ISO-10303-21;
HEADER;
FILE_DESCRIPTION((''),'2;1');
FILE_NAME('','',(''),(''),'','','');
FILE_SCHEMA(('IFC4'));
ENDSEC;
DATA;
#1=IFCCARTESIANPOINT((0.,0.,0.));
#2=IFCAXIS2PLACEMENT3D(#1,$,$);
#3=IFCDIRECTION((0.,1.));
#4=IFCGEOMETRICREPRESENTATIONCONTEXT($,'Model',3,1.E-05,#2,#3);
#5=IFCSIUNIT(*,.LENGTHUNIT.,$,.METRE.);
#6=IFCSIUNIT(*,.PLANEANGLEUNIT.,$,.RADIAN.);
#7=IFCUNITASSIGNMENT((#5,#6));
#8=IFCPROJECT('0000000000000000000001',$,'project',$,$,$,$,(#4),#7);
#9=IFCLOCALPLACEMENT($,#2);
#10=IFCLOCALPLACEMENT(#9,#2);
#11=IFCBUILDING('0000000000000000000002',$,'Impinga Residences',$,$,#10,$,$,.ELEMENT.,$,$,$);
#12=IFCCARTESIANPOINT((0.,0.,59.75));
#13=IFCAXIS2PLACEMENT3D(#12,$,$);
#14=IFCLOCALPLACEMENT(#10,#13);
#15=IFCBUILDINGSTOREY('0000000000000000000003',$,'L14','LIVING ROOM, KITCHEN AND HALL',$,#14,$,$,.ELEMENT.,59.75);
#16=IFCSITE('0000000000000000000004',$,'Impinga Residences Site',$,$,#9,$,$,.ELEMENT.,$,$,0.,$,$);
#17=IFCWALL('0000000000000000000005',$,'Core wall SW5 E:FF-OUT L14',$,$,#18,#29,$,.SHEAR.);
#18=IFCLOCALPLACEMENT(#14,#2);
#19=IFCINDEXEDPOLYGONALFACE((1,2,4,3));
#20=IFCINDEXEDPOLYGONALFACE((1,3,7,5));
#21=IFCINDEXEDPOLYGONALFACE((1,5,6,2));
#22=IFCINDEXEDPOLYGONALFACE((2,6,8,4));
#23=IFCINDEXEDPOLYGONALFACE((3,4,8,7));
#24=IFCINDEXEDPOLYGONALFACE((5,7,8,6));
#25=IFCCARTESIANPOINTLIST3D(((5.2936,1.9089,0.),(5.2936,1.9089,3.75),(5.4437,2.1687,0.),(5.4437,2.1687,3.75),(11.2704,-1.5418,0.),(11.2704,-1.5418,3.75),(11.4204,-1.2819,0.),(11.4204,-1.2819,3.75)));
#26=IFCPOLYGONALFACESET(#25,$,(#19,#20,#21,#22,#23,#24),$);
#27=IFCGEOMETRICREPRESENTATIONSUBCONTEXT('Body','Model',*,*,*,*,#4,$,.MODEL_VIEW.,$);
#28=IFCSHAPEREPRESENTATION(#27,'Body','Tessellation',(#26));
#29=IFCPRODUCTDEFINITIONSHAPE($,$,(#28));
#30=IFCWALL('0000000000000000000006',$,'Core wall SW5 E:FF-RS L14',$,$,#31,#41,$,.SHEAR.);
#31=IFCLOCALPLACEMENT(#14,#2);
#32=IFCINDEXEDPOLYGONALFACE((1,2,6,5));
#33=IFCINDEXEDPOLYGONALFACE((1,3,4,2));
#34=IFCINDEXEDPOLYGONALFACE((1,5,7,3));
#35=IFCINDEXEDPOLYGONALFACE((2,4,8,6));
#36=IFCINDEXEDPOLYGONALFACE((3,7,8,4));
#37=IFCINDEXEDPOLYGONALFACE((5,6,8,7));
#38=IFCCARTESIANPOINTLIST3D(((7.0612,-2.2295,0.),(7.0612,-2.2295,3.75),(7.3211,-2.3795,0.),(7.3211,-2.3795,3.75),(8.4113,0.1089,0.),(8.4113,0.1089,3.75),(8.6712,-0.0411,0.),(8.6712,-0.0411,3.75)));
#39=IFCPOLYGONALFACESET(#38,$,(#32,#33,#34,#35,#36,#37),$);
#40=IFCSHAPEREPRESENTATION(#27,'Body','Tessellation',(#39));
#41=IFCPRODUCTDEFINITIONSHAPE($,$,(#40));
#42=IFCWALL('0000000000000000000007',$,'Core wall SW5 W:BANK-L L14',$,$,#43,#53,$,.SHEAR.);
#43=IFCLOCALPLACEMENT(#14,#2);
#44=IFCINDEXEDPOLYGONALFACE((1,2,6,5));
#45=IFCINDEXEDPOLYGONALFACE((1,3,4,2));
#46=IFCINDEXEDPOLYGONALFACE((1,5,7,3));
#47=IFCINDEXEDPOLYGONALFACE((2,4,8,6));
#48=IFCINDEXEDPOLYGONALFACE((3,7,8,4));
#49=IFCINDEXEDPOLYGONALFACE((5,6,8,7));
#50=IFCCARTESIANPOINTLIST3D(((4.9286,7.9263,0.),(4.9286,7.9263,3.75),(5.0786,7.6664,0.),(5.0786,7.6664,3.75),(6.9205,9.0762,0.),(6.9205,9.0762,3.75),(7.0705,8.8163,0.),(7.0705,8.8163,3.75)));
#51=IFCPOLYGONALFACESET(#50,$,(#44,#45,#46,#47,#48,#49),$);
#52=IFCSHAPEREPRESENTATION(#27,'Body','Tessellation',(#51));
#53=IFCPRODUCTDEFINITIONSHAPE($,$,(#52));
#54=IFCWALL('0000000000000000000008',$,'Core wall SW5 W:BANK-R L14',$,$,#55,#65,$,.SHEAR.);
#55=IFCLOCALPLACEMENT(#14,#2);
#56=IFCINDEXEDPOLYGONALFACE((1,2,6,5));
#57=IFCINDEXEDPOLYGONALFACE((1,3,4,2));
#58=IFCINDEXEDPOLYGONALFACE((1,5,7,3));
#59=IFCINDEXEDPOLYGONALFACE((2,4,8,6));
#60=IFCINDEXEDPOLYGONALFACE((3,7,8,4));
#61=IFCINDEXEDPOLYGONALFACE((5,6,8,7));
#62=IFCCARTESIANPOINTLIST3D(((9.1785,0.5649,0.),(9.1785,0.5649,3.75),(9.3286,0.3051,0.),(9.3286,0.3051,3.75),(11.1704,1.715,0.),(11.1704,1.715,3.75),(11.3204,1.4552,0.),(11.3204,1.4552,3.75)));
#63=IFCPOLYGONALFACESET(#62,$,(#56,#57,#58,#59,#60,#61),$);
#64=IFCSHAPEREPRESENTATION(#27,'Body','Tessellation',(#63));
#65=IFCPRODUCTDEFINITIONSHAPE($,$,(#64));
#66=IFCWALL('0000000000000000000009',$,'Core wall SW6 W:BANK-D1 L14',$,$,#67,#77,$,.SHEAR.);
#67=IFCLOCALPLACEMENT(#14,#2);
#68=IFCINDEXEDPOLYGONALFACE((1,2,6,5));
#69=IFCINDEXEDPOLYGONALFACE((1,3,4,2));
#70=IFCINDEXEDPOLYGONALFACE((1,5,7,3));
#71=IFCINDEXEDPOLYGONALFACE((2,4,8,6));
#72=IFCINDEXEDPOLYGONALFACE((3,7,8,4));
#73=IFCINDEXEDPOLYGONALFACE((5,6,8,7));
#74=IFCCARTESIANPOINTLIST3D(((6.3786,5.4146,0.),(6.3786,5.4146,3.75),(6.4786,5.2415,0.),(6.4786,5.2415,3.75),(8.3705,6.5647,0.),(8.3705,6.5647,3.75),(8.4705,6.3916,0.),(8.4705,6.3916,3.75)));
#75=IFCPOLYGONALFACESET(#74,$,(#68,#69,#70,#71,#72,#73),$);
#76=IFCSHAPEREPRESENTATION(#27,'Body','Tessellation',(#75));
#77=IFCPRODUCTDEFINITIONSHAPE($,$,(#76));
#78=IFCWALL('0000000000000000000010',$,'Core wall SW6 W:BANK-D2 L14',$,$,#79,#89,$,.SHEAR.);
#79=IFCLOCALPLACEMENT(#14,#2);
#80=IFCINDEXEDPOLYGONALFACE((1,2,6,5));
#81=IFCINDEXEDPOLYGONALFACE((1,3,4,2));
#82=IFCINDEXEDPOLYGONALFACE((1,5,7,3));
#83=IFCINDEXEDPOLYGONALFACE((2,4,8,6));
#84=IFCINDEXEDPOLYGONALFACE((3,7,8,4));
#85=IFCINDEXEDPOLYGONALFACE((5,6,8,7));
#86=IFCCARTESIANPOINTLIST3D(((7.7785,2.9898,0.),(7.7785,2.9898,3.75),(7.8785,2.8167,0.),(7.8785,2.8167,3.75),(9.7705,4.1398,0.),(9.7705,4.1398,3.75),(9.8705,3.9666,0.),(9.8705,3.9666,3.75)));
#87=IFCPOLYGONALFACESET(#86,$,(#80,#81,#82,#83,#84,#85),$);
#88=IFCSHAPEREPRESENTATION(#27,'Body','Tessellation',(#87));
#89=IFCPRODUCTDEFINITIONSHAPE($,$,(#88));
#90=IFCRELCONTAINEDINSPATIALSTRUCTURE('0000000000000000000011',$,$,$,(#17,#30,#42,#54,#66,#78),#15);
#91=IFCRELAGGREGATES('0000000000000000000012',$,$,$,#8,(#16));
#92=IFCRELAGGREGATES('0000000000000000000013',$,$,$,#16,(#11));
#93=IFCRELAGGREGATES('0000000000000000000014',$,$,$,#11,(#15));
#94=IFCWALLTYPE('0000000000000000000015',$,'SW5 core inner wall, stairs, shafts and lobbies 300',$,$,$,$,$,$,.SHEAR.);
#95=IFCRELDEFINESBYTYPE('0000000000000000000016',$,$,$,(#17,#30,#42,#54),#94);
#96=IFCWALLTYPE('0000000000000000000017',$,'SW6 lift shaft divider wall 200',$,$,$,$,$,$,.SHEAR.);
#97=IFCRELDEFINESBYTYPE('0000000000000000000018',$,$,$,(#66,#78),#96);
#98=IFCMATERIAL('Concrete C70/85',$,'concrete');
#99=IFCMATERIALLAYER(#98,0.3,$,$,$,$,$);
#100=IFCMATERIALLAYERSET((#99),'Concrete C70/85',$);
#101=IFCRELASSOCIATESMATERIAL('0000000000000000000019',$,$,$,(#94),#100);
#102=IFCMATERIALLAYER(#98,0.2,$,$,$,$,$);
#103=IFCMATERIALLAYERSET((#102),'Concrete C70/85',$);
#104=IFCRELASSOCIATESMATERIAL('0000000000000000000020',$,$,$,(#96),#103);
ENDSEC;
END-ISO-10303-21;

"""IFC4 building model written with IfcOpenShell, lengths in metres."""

from ifc_helpers import new_model, si_unit, direction, frame, frame_2d, origin, place, context, subcontext, project, spatial, rectangle, extrude, material, layer, layer_set, type_object, element, save


model = new_model("IFC4")

# Units and contexts
model_context = context("Model", 3, precision=1e-05, world=origin(), true_north=direction((0.0, 1.0)))
body_context = subcontext(model_context, "Body", "Model", "MODEL_VIEW")
ifc_project = project(units=[si_unit("LENGTHUNIT", "METRE"), si_unit("PLANEANGLEUNIT", "RADIAN")], contexts=[model_context])

# Site, building, storey
site_placement = place(None, origin())
site = spatial("IfcSite", under=ifc_project, at=site_placement, Name="Impinga Residences Site", CompositionType="ELEMENT", RefElevation=0.0)
building_placement = place(site_placement, origin())
building = spatial("IfcBuilding", under=site, at=building_placement, Name="Impinga Residences", CompositionType="ELEMENT")
storey_placement = place(building_placement, frame((0.0, 0.0, 59.75)))
storey = spatial("IfcBuildingStorey", under=building, at=storey_placement, Name="L14", Description="LIVING ROOM, KITCHEN AND HALL", CompositionType="ELEMENT", Elevation=59.75)

# Shared definitions
ifc_material_1 = material(Name="Concrete C70/85", Category="concrete")

# Shared definitions
ifc_layer_1 = layer(ifc_material_1, 0.3)
ifc_layer_set_1 = layer_set([ifc_layer_1], Name="Concrete C70/85")
wall_type_1 = type_object("IfcWallType", Name="SW5 core inner wall, stairs, shafts and lobbies 300", PredefinedType="SHEAR", material=ifc_layer_set_1)

# Walls
wall_1_placement = place(storey_placement, frame((5.3687, 2.0388, 0.0), z_axis=(0.0, 0.0, 1.0), x_axis=(0.866027, -0.499997, 0.0)))
element("IfcWall", 1, at=wall_1_placement, inside=storey, type_object=wall_type_1, Name="Core wall SW5 E:FF-OUT L14", PredefinedType="SHEAR", context=body_context, shape_type="SweptSolid", body=[
    extrude(rectangle(XDim=6.9014, YDim=0.3, at=frame_2d((3.4507, 0.0))), origin(), (0.0, 0.0, 1.0), 3.75),
])
wall_2_placement = place(storey_placement, frame((8.5413, 0.0339, 0.0), z_axis=(0.0, 0.0, 1.0), x_axis=(-0.500009, -0.86602, 0.0)))
element("IfcWall", 2, at=wall_2_placement, inside=storey, type_object=wall_type_1, Name="Core wall SW5 E:FF-RS L14", PredefinedType="SHEAR", context=body_context, shape_type="SweptSolid", body=[
    extrude(rectangle(XDim=2.7002, YDim=0.3, at=frame_2d((1.3501, 0.0))), origin(), (0.0, 0.0, 1.0), 3.75),
])
for number, where, z_axis, x_axis, name in (
    (3, (5.0037, 7.7964, 0.0), (0.0, 0.0, 1.0), (0.866053, 0.499952, 0.0), "Core wall SW5 W:BANK-L L14"),
    (4, (9.2537, 0.4351, 0.0), (0.0, 0.0, 1.0), (0.866007, 0.500032, 0.0), "Core wall SW5 W:BANK-R L14"),
):
    element("IfcWall", number, at=place(storey_placement, frame(where, z_axis=z_axis, x_axis=x_axis)), inside=storey, type_object=wall_type_1, Name=name, PredefinedType="SHEAR", context=body_context, shape_type="SweptSolid", body=[
        extrude(rectangle(XDim=2.3, YDim=0.3, at=frame_2d((1.1499, 0.0))), origin(), (0.0, 0.0, 1.0), 3.75),
    ])
ifc_layer_2 = layer(ifc_material_1, 0.2)
ifc_layer_set_2 = layer_set([ifc_layer_2], Name="Concrete C70/85")
wall_type_2 = type_object("IfcWallType", Name="SW6 lift shaft divider wall 200", PredefinedType="SHEAR", material=ifc_layer_set_2)
for number, where, z_axis, x_axis, name in (
    (5, (6.4287, 5.3281, 0.0), (0.0, 0.0, 1.0), (0.866007, 0.500032, 0.0), "Core wall SW6 W:BANK-D1 L14"),
    (6, (7.8286, 2.9033, 0.0), (0.0, 0.0, 1.0), (0.866053, 0.499952, 0.0), "Core wall SW6 W:BANK-D2 L14"),
):
    element("IfcWall", number, at=place(storey_placement, frame(where, z_axis=z_axis, x_axis=x_axis)), inside=storey, type_object=wall_type_2, Name=name, PredefinedType="SHEAR", context=body_context, shape_type="SweptSolid", body=[
        extrude(rectangle(XDim=2.3, YDim=0.2, at=frame_2d((1.1499, 0.0))), origin(), (0.0, 0.0, 1.0), 3.75),
    ])

save(model, "model.ifc")
